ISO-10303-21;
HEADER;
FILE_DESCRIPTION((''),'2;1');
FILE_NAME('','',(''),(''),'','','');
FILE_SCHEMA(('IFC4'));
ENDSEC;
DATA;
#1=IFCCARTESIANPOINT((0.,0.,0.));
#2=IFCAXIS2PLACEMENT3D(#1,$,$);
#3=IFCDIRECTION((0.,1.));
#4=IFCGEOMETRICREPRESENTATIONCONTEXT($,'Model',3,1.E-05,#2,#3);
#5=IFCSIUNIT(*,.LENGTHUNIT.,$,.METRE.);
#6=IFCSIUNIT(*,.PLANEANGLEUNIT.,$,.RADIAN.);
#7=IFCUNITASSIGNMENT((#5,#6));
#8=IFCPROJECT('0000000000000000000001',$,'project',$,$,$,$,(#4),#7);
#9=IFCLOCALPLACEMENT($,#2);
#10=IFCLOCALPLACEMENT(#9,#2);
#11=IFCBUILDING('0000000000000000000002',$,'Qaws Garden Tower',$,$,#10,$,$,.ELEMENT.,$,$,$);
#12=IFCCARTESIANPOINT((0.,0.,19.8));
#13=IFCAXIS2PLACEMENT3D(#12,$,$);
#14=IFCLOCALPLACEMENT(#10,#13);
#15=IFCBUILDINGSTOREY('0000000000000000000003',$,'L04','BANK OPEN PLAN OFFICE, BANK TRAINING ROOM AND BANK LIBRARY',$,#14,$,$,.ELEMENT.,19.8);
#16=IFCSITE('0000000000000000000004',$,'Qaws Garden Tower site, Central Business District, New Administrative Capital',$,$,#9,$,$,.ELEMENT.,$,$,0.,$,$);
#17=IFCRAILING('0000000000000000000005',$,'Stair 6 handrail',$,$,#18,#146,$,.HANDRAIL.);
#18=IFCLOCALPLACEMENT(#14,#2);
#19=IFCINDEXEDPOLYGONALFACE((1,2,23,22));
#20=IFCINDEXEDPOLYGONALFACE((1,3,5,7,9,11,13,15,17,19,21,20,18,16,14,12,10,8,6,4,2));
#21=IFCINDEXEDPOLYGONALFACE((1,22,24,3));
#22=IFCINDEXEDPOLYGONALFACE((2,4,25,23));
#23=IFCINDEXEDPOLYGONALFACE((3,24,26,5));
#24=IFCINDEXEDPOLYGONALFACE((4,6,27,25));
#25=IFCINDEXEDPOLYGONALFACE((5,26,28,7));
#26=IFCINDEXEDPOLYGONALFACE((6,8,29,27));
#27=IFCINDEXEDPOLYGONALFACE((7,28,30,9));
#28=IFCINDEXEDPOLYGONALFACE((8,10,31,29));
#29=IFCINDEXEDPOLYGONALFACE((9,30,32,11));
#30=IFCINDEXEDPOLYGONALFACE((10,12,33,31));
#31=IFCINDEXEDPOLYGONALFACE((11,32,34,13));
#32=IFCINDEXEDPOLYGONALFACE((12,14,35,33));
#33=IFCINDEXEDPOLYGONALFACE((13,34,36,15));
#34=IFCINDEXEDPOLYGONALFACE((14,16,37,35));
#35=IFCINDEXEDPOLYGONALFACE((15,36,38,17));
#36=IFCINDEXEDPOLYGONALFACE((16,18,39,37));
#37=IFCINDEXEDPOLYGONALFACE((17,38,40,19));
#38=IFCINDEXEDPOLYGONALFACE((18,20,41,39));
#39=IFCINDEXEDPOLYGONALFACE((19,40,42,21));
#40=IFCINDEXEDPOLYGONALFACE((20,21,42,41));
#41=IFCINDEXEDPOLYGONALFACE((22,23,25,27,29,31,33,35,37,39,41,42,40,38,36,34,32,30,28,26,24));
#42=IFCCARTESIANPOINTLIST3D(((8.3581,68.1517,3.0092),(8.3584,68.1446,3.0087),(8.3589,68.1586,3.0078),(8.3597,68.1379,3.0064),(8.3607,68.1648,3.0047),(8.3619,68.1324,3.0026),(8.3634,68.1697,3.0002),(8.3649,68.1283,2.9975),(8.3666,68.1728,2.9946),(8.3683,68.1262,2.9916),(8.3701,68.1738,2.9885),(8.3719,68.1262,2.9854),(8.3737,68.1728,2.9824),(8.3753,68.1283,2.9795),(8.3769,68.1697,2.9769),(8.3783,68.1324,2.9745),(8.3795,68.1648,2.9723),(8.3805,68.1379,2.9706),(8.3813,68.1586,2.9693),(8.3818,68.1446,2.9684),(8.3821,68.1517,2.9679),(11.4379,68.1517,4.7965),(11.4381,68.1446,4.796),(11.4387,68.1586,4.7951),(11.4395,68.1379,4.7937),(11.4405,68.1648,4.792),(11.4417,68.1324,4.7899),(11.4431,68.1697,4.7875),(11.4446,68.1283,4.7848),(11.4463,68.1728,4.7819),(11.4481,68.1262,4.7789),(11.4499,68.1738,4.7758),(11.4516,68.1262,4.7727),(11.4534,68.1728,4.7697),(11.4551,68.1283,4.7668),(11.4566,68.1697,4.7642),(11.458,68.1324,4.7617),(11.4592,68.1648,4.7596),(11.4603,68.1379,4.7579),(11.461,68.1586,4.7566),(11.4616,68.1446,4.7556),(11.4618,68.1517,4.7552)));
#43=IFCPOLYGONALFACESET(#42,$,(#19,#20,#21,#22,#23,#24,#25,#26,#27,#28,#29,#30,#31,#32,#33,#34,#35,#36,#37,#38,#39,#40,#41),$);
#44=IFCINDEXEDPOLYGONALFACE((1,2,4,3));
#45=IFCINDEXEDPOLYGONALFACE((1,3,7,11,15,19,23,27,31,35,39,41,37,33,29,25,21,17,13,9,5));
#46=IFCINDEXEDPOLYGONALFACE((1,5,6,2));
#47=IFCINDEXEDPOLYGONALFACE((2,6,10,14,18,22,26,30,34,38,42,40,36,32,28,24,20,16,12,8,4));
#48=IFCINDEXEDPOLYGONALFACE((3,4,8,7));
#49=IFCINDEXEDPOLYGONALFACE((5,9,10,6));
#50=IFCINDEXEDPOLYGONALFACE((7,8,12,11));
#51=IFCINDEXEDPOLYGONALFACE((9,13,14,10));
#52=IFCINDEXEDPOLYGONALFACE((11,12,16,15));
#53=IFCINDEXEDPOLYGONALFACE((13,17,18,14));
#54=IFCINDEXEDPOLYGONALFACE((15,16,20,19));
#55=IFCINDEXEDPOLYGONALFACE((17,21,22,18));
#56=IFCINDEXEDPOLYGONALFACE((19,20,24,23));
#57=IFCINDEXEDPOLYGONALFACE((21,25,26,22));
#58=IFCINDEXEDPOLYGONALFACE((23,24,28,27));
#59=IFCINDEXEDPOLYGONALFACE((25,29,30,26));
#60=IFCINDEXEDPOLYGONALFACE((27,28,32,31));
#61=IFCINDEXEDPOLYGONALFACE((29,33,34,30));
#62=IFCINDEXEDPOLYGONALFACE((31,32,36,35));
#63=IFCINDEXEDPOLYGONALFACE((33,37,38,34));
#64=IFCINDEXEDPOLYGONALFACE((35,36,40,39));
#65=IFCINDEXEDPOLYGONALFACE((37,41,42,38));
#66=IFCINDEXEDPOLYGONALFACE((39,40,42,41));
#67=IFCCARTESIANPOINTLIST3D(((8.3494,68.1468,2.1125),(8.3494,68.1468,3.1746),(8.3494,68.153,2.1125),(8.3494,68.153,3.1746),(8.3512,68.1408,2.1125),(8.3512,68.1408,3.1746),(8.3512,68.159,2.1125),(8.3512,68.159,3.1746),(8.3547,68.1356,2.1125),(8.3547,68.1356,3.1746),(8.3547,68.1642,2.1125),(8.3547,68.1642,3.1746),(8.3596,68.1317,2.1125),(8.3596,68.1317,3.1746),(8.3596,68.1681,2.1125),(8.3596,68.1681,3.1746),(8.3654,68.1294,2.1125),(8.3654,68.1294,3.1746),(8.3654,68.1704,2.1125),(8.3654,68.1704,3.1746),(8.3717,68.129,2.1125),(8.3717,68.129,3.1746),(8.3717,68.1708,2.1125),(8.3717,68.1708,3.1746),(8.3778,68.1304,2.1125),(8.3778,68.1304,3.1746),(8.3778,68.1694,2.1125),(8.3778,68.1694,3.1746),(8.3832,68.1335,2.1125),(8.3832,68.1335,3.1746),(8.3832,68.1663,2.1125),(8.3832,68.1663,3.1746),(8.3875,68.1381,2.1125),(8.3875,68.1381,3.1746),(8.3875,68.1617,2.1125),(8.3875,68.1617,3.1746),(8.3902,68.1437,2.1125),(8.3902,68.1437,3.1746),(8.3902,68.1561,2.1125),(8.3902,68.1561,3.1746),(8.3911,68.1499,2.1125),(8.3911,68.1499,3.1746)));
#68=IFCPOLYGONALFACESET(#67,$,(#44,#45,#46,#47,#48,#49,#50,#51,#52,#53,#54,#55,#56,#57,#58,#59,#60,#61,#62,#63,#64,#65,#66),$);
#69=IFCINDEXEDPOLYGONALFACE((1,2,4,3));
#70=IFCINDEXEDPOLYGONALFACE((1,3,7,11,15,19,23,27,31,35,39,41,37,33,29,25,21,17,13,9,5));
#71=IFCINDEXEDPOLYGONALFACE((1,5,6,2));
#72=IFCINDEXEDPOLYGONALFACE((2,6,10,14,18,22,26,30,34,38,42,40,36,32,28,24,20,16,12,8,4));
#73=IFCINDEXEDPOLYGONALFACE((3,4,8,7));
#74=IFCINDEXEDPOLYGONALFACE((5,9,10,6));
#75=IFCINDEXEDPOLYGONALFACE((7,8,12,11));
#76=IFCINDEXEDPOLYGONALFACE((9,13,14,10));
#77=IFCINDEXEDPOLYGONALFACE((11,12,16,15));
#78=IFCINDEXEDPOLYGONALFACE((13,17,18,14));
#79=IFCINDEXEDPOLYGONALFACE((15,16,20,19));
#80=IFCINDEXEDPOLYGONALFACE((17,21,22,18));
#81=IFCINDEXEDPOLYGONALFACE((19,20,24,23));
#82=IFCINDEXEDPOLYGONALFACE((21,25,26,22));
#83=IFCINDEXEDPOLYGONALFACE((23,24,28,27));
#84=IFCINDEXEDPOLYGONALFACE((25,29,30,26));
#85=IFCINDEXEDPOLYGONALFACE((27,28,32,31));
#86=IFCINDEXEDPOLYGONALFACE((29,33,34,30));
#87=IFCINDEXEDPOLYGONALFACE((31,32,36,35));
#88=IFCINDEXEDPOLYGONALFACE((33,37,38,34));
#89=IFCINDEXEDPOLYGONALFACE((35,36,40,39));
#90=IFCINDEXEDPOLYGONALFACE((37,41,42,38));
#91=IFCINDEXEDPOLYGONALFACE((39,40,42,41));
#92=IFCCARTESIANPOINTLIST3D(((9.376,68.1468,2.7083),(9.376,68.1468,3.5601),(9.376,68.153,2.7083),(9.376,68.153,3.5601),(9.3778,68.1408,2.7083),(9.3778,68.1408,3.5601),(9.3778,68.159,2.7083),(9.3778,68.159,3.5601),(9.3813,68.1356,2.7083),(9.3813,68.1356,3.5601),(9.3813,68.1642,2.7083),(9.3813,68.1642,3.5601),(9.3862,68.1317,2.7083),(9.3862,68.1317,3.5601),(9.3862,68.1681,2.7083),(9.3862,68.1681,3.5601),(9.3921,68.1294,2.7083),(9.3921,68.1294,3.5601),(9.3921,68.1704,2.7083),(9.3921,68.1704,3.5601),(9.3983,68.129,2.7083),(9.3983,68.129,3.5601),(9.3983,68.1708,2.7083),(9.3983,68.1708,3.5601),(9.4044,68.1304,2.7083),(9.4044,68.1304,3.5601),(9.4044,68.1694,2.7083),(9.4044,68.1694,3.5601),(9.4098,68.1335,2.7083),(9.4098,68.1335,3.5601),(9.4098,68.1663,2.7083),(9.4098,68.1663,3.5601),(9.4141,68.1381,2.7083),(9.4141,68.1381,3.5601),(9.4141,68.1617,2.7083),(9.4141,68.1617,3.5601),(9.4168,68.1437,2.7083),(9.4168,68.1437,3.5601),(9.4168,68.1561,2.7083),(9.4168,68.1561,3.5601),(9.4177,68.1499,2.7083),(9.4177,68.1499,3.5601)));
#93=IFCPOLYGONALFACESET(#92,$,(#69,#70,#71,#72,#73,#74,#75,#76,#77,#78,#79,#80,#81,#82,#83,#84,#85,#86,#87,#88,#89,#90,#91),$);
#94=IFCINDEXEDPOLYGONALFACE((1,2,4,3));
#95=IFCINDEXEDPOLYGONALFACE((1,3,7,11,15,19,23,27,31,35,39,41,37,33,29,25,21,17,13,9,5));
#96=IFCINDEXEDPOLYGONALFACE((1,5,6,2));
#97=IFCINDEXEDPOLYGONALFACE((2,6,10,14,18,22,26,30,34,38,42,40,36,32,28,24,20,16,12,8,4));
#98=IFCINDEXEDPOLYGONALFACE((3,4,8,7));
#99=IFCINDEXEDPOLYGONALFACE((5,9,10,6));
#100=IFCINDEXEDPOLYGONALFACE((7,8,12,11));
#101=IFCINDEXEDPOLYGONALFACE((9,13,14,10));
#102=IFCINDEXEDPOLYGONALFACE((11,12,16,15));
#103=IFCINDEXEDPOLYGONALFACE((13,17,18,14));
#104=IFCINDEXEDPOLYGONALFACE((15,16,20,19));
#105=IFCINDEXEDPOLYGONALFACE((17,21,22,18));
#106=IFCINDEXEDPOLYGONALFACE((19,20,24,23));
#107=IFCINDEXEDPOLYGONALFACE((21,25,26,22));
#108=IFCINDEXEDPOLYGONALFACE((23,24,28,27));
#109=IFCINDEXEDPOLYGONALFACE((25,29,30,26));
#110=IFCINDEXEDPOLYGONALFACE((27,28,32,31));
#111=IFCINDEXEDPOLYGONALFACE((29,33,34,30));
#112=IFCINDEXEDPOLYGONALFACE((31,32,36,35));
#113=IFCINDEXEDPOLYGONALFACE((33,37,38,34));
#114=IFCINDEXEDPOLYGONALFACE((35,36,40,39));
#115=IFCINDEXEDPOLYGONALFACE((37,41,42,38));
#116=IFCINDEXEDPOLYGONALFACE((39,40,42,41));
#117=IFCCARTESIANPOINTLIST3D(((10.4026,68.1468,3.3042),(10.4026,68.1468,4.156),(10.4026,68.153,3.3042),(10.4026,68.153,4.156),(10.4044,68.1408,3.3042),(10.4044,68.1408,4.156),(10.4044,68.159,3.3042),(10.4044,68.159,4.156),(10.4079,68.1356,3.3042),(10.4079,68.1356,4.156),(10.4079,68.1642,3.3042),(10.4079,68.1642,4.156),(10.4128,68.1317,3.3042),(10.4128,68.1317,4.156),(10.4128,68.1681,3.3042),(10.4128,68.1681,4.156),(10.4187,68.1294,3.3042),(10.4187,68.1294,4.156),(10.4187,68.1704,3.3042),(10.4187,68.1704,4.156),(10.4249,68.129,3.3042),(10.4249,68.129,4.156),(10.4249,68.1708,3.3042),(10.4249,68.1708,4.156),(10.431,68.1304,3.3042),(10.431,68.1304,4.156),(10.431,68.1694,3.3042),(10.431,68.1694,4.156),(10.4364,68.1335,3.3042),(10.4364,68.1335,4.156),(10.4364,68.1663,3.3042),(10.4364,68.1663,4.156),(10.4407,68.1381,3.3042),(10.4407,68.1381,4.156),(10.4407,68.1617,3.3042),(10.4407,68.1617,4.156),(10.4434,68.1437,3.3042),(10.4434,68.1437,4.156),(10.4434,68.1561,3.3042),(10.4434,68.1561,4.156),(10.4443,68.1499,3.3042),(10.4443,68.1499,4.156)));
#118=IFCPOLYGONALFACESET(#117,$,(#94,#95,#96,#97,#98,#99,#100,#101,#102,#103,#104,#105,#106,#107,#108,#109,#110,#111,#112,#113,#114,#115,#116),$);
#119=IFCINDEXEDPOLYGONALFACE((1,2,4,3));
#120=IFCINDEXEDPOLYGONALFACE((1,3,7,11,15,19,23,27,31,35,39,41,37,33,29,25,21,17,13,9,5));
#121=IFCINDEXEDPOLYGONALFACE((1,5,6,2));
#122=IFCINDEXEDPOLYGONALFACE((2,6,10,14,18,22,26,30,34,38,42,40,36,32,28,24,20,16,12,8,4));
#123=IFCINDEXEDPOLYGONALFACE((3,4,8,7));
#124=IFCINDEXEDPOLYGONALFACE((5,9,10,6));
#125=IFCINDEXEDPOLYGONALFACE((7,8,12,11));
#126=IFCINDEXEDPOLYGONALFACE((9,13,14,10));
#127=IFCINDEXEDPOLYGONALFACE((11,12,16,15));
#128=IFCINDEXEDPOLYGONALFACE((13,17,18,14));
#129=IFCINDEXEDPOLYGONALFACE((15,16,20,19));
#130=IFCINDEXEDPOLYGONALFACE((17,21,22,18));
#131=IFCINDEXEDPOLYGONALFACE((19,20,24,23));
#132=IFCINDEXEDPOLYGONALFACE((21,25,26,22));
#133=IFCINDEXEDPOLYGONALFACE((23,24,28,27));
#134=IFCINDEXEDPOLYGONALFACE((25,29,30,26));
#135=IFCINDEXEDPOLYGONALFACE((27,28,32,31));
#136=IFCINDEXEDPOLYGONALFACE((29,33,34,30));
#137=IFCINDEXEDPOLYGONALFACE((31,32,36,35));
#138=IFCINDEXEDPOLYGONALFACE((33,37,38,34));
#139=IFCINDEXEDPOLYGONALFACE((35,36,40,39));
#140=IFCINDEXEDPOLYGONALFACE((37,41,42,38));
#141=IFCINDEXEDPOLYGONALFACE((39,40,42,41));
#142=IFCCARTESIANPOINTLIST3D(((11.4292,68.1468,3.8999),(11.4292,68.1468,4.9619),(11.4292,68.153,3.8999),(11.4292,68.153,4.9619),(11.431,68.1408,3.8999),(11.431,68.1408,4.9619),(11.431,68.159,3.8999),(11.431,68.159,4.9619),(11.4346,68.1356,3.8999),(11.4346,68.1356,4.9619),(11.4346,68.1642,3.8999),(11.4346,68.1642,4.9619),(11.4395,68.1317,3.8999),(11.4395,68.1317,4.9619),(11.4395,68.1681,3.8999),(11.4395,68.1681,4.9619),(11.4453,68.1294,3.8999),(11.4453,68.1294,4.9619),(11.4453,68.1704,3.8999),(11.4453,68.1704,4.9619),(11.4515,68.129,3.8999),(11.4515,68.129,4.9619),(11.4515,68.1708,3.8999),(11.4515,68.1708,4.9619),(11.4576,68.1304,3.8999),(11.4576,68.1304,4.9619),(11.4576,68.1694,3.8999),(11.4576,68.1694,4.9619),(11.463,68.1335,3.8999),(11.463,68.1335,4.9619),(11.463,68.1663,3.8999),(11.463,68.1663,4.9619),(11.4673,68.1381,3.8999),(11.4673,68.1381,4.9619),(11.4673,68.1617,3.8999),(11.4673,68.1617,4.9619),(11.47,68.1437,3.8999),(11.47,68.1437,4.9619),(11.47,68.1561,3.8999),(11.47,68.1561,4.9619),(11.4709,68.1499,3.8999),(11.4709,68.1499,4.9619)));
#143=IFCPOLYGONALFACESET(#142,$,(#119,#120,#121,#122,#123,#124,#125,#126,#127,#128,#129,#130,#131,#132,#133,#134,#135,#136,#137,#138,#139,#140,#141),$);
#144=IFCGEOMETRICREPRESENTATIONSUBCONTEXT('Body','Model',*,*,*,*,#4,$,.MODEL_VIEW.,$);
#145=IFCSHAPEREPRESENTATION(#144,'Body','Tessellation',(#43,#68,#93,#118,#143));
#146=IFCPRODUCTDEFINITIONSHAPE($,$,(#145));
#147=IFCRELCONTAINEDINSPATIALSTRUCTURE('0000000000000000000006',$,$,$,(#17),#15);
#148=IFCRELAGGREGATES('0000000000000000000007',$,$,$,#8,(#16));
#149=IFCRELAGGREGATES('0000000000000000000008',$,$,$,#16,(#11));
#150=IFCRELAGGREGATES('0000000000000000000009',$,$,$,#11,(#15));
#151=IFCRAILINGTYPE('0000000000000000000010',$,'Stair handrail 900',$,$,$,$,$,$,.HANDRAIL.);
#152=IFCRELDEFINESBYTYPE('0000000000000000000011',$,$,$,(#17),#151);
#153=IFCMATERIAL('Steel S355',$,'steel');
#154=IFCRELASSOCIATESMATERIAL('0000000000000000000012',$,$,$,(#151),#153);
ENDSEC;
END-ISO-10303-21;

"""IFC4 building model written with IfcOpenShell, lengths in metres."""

from ifc_helpers import new_model, si_unit, direction, frame, origin, origin_2d, place, context, subcontext, project, spatial, circle, extrude, material, type_object, element, save


model = new_model("IFC4")

# Units and contexts
model_context = context("Model", 3, precision=1e-05, world=origin(), true_north=direction((0.0, 1.0)))
body_context = subcontext(model_context, "Body", "Model", "MODEL_VIEW")
ifc_project = project(units=[si_unit("LENGTHUNIT", "METRE"), si_unit("PLANEANGLEUNIT", "RADIAN")], contexts=[model_context])

# Site, building, storey
site_placement = place(None, origin())
site = spatial("IfcSite", under=ifc_project, at=site_placement, Name="Qaws Garden Tower site, Central Business District, New Administrative Capital", CompositionType="ELEMENT", RefElevation=0.0)
building_placement = place(site_placement, origin())
building = spatial("IfcBuilding", under=site, at=building_placement, Name="Qaws Garden Tower", CompositionType="ELEMENT")
storey_placement = place(building_placement, frame((0.0, 0.0, 19.8)))
storey = spatial("IfcBuildingStorey", under=building, at=storey_placement, Name="L04", Description="BANK OPEN PLAN OFFICE, BANK TRAINING ROOM AND BANK LIBRARY", CompositionType="ELEMENT", Elevation=19.8)

# Railing
ifc_material_1 = material(Name="Steel S355", Category="steel")
railing_type = type_object("IfcRailingType", Name="Stair handrail 900", PredefinedType="HANDRAIL", material=ifc_material_1)
railing_1_placement = place(storey_placement, frame((8.3701, 68.1499, 2.1125)))
element("IfcRailing", 1, at=railing_1_placement, inside=storey, type_object=railing_type, Name="Stair 6 handrail", PredefinedType="HANDRAIL", context=body_context, shape_type="SweptSolid", body=[
    extrude(circle(Radius=0.0239, at=origin_2d()), frame((0.0, 0.0, 0.876), z_axis=(0.864903, 0.0, 0.501939), x_axis=(0.0, 1.0, 0.0)), (0.0, 0.0, 1.0), 3.5608),
    extrude(circle(Radius=0.021, at=origin_2d()), origin(), (0.0, 0.0, 1.0), 1.062),
    extrude(circle(Radius=0.021, at=origin_2d()), frame((1.0266, 0.0, 0.5957)), (0.0, 0.0, 1.0), 0.8518),
    extrude(circle(Radius=0.021, at=origin_2d()), frame((2.0532, 0.0, 1.1917)), (0.0, 0.0, 1.0), 0.8518),
    extrude(circle(Radius=0.021, at=origin_2d()), frame((3.0798, 0.0, 1.7874)), (0.0, 0.0, 1.0), 1.062),
])

save(model, "model.ifc")
